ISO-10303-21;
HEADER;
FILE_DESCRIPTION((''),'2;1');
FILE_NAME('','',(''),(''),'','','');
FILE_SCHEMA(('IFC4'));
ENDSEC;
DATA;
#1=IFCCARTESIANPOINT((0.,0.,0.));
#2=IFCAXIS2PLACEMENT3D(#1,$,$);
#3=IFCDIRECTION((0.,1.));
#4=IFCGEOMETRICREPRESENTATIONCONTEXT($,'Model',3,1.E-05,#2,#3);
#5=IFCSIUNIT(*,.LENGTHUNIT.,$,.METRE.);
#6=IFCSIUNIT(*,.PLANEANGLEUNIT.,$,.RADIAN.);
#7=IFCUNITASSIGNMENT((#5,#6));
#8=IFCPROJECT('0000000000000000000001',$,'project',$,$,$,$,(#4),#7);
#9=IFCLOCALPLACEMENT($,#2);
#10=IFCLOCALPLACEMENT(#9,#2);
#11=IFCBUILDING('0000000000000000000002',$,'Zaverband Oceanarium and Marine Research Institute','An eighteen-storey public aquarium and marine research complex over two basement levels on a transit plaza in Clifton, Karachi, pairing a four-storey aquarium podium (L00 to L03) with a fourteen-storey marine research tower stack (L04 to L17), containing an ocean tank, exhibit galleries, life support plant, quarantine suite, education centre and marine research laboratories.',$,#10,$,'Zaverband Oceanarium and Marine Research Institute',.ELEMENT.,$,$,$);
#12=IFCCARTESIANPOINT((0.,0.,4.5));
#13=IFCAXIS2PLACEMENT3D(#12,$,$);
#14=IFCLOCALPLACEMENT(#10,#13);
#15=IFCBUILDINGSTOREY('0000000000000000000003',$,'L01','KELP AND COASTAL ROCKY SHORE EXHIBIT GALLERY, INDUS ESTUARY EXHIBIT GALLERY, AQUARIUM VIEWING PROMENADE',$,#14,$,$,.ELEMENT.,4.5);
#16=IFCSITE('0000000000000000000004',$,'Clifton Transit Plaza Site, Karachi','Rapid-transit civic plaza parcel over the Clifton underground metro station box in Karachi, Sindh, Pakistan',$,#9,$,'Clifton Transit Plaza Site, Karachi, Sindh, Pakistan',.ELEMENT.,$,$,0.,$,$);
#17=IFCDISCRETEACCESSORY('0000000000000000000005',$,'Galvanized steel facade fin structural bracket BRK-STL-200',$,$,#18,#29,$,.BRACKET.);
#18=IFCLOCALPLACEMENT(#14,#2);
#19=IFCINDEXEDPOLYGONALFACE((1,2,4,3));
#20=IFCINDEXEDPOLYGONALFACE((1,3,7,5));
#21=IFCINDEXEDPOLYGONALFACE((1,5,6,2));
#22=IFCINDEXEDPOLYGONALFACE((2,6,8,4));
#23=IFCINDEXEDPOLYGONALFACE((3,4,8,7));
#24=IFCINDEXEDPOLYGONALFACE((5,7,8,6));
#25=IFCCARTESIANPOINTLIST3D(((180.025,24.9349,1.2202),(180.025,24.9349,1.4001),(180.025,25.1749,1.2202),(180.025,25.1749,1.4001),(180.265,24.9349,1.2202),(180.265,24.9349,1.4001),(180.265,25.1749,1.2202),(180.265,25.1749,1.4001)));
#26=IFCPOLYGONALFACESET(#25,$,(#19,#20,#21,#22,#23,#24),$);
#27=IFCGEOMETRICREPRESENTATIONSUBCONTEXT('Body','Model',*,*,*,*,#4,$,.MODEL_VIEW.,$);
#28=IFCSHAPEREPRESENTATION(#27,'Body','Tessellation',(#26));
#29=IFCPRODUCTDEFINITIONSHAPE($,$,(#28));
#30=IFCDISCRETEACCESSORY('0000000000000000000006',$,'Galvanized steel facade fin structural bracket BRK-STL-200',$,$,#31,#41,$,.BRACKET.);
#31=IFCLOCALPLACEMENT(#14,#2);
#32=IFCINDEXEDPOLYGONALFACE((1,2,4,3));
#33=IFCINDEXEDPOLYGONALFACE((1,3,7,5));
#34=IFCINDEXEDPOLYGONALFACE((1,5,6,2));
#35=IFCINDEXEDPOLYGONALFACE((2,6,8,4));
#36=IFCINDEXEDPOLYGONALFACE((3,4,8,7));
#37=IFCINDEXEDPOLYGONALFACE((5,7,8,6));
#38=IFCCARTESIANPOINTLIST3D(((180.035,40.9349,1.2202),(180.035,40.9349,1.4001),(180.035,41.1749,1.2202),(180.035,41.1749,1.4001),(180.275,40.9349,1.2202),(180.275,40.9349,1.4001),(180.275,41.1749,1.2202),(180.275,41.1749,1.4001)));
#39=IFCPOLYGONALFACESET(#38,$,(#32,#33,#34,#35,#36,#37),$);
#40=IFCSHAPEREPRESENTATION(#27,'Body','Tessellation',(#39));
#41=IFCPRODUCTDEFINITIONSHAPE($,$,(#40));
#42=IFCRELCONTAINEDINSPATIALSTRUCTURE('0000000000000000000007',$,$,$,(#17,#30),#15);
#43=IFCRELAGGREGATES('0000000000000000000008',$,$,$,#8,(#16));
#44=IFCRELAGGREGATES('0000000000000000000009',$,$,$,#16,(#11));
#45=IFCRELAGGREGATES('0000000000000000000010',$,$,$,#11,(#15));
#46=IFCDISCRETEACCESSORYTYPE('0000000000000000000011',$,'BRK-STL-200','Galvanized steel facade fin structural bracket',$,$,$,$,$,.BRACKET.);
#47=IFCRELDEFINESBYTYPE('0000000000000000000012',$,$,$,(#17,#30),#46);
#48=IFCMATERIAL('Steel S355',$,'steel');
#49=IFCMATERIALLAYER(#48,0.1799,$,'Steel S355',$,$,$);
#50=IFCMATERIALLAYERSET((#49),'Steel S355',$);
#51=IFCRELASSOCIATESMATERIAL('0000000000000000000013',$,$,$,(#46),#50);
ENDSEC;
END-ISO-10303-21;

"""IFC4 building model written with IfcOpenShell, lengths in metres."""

from ifc_helpers import new_model, si_unit, direction, frame, origin, origin_2d, place, context, subcontext, project, spatial, rectangle, extrude, material, layer, layer_set, type_object, element, save


model = new_model("IFC4")

# Units and contexts
model_context = context("Model", 3, precision=1e-05, world=origin(), true_north=direction((0.0, 1.0)))
body_context = subcontext(model_context, "Body", "Model", "MODEL_VIEW")
ifc_project = project(units=[si_unit("LENGTHUNIT", "METRE"), si_unit("PLANEANGLEUNIT", "RADIAN")], contexts=[model_context])

# Site, building, storey
site_placement = place(None, origin())
site = spatial("IfcSite", under=ifc_project, at=site_placement, Name="Clifton Transit Plaza Site, Karachi", Description="Rapid-transit civic plaza parcel over the Clifton underground metro station box in Karachi, Sindh, Pakistan", LongName="Clifton Transit Plaza Site, Karachi, Sindh, Pakistan", CompositionType="ELEMENT", RefElevation=0.0)
building_placement = place(site_placement, origin())
building = spatial("IfcBuilding", under=site, at=building_placement, Name="Zaverband Oceanarium and Marine Research Institute", Description="An eighteen-storey public aquarium and marine research complex over two basement levels on a transit plaza in Clifton, Karachi, pairing a four-storey aquarium podium (L00 to L03) with a fourteen-storey marine research tower stack (L04 to L17), containing an ocean tank, exhibit galleries, life support plant, quarantine suite, education centre and marine research laboratories.", LongName="Zaverband Oceanarium and Marine Research Institute", CompositionType="ELEMENT")
storey_placement = place(building_placement, frame((0.0, 0.0, 4.5)))
storey = spatial("IfcBuildingStorey", under=building, at=storey_placement, Name="L01", Description="KELP AND COASTAL ROCKY SHORE EXHIBIT GALLERY, INDUS ESTUARY EXHIBIT GALLERY, AQUARIUM VIEWING PROMENADE", CompositionType="ELEMENT", Elevation=4.5)

# Discrete accessories
ifc_material_1 = material(Name="Steel S355", Category="steel")
ifc_layer_1 = layer(ifc_material_1, 0.1799, Name="Steel S355")
ifc_layer_set_1 = layer_set([ifc_layer_1], Name="Steel S355")
discrete_accessory_type = type_object("IfcDiscreteAccessoryType", Name="BRK-STL-200", Description="Galvanized steel facade fin structural bracket", PredefinedType="BRACKET", material=ifc_layer_set_1)
for number, where, z_axis, x_axis, name in (
    (1, (180.145, 25.0549, 1.2202), (0.0, 0.0, 1.0), (1.0, 0.0, 0.0), "Galvanized steel facade fin structural bracket BRK-STL-200"),
    (2, (180.155, 41.0549, 1.2202), (0.0, 0.0, 1.0), (1.0, 0.0, 0.0), "Galvanized steel facade fin structural bracket BRK-STL-200"),
):
    element("IfcDiscreteAccessory", number, at=place(storey_placement, frame(where, z_axis=z_axis, x_axis=x_axis)), inside=storey, type_object=discrete_accessory_type, Name=name, PredefinedType="BRACKET", context=body_context, shape_type="SweptSolid", body=[
        extrude(rectangle(XDim=0.24, YDim=0.24, at=origin_2d()), origin(), (0.0, 0.0, 1.0), 0.1799),
    ])

save(model, "model.ifc")
